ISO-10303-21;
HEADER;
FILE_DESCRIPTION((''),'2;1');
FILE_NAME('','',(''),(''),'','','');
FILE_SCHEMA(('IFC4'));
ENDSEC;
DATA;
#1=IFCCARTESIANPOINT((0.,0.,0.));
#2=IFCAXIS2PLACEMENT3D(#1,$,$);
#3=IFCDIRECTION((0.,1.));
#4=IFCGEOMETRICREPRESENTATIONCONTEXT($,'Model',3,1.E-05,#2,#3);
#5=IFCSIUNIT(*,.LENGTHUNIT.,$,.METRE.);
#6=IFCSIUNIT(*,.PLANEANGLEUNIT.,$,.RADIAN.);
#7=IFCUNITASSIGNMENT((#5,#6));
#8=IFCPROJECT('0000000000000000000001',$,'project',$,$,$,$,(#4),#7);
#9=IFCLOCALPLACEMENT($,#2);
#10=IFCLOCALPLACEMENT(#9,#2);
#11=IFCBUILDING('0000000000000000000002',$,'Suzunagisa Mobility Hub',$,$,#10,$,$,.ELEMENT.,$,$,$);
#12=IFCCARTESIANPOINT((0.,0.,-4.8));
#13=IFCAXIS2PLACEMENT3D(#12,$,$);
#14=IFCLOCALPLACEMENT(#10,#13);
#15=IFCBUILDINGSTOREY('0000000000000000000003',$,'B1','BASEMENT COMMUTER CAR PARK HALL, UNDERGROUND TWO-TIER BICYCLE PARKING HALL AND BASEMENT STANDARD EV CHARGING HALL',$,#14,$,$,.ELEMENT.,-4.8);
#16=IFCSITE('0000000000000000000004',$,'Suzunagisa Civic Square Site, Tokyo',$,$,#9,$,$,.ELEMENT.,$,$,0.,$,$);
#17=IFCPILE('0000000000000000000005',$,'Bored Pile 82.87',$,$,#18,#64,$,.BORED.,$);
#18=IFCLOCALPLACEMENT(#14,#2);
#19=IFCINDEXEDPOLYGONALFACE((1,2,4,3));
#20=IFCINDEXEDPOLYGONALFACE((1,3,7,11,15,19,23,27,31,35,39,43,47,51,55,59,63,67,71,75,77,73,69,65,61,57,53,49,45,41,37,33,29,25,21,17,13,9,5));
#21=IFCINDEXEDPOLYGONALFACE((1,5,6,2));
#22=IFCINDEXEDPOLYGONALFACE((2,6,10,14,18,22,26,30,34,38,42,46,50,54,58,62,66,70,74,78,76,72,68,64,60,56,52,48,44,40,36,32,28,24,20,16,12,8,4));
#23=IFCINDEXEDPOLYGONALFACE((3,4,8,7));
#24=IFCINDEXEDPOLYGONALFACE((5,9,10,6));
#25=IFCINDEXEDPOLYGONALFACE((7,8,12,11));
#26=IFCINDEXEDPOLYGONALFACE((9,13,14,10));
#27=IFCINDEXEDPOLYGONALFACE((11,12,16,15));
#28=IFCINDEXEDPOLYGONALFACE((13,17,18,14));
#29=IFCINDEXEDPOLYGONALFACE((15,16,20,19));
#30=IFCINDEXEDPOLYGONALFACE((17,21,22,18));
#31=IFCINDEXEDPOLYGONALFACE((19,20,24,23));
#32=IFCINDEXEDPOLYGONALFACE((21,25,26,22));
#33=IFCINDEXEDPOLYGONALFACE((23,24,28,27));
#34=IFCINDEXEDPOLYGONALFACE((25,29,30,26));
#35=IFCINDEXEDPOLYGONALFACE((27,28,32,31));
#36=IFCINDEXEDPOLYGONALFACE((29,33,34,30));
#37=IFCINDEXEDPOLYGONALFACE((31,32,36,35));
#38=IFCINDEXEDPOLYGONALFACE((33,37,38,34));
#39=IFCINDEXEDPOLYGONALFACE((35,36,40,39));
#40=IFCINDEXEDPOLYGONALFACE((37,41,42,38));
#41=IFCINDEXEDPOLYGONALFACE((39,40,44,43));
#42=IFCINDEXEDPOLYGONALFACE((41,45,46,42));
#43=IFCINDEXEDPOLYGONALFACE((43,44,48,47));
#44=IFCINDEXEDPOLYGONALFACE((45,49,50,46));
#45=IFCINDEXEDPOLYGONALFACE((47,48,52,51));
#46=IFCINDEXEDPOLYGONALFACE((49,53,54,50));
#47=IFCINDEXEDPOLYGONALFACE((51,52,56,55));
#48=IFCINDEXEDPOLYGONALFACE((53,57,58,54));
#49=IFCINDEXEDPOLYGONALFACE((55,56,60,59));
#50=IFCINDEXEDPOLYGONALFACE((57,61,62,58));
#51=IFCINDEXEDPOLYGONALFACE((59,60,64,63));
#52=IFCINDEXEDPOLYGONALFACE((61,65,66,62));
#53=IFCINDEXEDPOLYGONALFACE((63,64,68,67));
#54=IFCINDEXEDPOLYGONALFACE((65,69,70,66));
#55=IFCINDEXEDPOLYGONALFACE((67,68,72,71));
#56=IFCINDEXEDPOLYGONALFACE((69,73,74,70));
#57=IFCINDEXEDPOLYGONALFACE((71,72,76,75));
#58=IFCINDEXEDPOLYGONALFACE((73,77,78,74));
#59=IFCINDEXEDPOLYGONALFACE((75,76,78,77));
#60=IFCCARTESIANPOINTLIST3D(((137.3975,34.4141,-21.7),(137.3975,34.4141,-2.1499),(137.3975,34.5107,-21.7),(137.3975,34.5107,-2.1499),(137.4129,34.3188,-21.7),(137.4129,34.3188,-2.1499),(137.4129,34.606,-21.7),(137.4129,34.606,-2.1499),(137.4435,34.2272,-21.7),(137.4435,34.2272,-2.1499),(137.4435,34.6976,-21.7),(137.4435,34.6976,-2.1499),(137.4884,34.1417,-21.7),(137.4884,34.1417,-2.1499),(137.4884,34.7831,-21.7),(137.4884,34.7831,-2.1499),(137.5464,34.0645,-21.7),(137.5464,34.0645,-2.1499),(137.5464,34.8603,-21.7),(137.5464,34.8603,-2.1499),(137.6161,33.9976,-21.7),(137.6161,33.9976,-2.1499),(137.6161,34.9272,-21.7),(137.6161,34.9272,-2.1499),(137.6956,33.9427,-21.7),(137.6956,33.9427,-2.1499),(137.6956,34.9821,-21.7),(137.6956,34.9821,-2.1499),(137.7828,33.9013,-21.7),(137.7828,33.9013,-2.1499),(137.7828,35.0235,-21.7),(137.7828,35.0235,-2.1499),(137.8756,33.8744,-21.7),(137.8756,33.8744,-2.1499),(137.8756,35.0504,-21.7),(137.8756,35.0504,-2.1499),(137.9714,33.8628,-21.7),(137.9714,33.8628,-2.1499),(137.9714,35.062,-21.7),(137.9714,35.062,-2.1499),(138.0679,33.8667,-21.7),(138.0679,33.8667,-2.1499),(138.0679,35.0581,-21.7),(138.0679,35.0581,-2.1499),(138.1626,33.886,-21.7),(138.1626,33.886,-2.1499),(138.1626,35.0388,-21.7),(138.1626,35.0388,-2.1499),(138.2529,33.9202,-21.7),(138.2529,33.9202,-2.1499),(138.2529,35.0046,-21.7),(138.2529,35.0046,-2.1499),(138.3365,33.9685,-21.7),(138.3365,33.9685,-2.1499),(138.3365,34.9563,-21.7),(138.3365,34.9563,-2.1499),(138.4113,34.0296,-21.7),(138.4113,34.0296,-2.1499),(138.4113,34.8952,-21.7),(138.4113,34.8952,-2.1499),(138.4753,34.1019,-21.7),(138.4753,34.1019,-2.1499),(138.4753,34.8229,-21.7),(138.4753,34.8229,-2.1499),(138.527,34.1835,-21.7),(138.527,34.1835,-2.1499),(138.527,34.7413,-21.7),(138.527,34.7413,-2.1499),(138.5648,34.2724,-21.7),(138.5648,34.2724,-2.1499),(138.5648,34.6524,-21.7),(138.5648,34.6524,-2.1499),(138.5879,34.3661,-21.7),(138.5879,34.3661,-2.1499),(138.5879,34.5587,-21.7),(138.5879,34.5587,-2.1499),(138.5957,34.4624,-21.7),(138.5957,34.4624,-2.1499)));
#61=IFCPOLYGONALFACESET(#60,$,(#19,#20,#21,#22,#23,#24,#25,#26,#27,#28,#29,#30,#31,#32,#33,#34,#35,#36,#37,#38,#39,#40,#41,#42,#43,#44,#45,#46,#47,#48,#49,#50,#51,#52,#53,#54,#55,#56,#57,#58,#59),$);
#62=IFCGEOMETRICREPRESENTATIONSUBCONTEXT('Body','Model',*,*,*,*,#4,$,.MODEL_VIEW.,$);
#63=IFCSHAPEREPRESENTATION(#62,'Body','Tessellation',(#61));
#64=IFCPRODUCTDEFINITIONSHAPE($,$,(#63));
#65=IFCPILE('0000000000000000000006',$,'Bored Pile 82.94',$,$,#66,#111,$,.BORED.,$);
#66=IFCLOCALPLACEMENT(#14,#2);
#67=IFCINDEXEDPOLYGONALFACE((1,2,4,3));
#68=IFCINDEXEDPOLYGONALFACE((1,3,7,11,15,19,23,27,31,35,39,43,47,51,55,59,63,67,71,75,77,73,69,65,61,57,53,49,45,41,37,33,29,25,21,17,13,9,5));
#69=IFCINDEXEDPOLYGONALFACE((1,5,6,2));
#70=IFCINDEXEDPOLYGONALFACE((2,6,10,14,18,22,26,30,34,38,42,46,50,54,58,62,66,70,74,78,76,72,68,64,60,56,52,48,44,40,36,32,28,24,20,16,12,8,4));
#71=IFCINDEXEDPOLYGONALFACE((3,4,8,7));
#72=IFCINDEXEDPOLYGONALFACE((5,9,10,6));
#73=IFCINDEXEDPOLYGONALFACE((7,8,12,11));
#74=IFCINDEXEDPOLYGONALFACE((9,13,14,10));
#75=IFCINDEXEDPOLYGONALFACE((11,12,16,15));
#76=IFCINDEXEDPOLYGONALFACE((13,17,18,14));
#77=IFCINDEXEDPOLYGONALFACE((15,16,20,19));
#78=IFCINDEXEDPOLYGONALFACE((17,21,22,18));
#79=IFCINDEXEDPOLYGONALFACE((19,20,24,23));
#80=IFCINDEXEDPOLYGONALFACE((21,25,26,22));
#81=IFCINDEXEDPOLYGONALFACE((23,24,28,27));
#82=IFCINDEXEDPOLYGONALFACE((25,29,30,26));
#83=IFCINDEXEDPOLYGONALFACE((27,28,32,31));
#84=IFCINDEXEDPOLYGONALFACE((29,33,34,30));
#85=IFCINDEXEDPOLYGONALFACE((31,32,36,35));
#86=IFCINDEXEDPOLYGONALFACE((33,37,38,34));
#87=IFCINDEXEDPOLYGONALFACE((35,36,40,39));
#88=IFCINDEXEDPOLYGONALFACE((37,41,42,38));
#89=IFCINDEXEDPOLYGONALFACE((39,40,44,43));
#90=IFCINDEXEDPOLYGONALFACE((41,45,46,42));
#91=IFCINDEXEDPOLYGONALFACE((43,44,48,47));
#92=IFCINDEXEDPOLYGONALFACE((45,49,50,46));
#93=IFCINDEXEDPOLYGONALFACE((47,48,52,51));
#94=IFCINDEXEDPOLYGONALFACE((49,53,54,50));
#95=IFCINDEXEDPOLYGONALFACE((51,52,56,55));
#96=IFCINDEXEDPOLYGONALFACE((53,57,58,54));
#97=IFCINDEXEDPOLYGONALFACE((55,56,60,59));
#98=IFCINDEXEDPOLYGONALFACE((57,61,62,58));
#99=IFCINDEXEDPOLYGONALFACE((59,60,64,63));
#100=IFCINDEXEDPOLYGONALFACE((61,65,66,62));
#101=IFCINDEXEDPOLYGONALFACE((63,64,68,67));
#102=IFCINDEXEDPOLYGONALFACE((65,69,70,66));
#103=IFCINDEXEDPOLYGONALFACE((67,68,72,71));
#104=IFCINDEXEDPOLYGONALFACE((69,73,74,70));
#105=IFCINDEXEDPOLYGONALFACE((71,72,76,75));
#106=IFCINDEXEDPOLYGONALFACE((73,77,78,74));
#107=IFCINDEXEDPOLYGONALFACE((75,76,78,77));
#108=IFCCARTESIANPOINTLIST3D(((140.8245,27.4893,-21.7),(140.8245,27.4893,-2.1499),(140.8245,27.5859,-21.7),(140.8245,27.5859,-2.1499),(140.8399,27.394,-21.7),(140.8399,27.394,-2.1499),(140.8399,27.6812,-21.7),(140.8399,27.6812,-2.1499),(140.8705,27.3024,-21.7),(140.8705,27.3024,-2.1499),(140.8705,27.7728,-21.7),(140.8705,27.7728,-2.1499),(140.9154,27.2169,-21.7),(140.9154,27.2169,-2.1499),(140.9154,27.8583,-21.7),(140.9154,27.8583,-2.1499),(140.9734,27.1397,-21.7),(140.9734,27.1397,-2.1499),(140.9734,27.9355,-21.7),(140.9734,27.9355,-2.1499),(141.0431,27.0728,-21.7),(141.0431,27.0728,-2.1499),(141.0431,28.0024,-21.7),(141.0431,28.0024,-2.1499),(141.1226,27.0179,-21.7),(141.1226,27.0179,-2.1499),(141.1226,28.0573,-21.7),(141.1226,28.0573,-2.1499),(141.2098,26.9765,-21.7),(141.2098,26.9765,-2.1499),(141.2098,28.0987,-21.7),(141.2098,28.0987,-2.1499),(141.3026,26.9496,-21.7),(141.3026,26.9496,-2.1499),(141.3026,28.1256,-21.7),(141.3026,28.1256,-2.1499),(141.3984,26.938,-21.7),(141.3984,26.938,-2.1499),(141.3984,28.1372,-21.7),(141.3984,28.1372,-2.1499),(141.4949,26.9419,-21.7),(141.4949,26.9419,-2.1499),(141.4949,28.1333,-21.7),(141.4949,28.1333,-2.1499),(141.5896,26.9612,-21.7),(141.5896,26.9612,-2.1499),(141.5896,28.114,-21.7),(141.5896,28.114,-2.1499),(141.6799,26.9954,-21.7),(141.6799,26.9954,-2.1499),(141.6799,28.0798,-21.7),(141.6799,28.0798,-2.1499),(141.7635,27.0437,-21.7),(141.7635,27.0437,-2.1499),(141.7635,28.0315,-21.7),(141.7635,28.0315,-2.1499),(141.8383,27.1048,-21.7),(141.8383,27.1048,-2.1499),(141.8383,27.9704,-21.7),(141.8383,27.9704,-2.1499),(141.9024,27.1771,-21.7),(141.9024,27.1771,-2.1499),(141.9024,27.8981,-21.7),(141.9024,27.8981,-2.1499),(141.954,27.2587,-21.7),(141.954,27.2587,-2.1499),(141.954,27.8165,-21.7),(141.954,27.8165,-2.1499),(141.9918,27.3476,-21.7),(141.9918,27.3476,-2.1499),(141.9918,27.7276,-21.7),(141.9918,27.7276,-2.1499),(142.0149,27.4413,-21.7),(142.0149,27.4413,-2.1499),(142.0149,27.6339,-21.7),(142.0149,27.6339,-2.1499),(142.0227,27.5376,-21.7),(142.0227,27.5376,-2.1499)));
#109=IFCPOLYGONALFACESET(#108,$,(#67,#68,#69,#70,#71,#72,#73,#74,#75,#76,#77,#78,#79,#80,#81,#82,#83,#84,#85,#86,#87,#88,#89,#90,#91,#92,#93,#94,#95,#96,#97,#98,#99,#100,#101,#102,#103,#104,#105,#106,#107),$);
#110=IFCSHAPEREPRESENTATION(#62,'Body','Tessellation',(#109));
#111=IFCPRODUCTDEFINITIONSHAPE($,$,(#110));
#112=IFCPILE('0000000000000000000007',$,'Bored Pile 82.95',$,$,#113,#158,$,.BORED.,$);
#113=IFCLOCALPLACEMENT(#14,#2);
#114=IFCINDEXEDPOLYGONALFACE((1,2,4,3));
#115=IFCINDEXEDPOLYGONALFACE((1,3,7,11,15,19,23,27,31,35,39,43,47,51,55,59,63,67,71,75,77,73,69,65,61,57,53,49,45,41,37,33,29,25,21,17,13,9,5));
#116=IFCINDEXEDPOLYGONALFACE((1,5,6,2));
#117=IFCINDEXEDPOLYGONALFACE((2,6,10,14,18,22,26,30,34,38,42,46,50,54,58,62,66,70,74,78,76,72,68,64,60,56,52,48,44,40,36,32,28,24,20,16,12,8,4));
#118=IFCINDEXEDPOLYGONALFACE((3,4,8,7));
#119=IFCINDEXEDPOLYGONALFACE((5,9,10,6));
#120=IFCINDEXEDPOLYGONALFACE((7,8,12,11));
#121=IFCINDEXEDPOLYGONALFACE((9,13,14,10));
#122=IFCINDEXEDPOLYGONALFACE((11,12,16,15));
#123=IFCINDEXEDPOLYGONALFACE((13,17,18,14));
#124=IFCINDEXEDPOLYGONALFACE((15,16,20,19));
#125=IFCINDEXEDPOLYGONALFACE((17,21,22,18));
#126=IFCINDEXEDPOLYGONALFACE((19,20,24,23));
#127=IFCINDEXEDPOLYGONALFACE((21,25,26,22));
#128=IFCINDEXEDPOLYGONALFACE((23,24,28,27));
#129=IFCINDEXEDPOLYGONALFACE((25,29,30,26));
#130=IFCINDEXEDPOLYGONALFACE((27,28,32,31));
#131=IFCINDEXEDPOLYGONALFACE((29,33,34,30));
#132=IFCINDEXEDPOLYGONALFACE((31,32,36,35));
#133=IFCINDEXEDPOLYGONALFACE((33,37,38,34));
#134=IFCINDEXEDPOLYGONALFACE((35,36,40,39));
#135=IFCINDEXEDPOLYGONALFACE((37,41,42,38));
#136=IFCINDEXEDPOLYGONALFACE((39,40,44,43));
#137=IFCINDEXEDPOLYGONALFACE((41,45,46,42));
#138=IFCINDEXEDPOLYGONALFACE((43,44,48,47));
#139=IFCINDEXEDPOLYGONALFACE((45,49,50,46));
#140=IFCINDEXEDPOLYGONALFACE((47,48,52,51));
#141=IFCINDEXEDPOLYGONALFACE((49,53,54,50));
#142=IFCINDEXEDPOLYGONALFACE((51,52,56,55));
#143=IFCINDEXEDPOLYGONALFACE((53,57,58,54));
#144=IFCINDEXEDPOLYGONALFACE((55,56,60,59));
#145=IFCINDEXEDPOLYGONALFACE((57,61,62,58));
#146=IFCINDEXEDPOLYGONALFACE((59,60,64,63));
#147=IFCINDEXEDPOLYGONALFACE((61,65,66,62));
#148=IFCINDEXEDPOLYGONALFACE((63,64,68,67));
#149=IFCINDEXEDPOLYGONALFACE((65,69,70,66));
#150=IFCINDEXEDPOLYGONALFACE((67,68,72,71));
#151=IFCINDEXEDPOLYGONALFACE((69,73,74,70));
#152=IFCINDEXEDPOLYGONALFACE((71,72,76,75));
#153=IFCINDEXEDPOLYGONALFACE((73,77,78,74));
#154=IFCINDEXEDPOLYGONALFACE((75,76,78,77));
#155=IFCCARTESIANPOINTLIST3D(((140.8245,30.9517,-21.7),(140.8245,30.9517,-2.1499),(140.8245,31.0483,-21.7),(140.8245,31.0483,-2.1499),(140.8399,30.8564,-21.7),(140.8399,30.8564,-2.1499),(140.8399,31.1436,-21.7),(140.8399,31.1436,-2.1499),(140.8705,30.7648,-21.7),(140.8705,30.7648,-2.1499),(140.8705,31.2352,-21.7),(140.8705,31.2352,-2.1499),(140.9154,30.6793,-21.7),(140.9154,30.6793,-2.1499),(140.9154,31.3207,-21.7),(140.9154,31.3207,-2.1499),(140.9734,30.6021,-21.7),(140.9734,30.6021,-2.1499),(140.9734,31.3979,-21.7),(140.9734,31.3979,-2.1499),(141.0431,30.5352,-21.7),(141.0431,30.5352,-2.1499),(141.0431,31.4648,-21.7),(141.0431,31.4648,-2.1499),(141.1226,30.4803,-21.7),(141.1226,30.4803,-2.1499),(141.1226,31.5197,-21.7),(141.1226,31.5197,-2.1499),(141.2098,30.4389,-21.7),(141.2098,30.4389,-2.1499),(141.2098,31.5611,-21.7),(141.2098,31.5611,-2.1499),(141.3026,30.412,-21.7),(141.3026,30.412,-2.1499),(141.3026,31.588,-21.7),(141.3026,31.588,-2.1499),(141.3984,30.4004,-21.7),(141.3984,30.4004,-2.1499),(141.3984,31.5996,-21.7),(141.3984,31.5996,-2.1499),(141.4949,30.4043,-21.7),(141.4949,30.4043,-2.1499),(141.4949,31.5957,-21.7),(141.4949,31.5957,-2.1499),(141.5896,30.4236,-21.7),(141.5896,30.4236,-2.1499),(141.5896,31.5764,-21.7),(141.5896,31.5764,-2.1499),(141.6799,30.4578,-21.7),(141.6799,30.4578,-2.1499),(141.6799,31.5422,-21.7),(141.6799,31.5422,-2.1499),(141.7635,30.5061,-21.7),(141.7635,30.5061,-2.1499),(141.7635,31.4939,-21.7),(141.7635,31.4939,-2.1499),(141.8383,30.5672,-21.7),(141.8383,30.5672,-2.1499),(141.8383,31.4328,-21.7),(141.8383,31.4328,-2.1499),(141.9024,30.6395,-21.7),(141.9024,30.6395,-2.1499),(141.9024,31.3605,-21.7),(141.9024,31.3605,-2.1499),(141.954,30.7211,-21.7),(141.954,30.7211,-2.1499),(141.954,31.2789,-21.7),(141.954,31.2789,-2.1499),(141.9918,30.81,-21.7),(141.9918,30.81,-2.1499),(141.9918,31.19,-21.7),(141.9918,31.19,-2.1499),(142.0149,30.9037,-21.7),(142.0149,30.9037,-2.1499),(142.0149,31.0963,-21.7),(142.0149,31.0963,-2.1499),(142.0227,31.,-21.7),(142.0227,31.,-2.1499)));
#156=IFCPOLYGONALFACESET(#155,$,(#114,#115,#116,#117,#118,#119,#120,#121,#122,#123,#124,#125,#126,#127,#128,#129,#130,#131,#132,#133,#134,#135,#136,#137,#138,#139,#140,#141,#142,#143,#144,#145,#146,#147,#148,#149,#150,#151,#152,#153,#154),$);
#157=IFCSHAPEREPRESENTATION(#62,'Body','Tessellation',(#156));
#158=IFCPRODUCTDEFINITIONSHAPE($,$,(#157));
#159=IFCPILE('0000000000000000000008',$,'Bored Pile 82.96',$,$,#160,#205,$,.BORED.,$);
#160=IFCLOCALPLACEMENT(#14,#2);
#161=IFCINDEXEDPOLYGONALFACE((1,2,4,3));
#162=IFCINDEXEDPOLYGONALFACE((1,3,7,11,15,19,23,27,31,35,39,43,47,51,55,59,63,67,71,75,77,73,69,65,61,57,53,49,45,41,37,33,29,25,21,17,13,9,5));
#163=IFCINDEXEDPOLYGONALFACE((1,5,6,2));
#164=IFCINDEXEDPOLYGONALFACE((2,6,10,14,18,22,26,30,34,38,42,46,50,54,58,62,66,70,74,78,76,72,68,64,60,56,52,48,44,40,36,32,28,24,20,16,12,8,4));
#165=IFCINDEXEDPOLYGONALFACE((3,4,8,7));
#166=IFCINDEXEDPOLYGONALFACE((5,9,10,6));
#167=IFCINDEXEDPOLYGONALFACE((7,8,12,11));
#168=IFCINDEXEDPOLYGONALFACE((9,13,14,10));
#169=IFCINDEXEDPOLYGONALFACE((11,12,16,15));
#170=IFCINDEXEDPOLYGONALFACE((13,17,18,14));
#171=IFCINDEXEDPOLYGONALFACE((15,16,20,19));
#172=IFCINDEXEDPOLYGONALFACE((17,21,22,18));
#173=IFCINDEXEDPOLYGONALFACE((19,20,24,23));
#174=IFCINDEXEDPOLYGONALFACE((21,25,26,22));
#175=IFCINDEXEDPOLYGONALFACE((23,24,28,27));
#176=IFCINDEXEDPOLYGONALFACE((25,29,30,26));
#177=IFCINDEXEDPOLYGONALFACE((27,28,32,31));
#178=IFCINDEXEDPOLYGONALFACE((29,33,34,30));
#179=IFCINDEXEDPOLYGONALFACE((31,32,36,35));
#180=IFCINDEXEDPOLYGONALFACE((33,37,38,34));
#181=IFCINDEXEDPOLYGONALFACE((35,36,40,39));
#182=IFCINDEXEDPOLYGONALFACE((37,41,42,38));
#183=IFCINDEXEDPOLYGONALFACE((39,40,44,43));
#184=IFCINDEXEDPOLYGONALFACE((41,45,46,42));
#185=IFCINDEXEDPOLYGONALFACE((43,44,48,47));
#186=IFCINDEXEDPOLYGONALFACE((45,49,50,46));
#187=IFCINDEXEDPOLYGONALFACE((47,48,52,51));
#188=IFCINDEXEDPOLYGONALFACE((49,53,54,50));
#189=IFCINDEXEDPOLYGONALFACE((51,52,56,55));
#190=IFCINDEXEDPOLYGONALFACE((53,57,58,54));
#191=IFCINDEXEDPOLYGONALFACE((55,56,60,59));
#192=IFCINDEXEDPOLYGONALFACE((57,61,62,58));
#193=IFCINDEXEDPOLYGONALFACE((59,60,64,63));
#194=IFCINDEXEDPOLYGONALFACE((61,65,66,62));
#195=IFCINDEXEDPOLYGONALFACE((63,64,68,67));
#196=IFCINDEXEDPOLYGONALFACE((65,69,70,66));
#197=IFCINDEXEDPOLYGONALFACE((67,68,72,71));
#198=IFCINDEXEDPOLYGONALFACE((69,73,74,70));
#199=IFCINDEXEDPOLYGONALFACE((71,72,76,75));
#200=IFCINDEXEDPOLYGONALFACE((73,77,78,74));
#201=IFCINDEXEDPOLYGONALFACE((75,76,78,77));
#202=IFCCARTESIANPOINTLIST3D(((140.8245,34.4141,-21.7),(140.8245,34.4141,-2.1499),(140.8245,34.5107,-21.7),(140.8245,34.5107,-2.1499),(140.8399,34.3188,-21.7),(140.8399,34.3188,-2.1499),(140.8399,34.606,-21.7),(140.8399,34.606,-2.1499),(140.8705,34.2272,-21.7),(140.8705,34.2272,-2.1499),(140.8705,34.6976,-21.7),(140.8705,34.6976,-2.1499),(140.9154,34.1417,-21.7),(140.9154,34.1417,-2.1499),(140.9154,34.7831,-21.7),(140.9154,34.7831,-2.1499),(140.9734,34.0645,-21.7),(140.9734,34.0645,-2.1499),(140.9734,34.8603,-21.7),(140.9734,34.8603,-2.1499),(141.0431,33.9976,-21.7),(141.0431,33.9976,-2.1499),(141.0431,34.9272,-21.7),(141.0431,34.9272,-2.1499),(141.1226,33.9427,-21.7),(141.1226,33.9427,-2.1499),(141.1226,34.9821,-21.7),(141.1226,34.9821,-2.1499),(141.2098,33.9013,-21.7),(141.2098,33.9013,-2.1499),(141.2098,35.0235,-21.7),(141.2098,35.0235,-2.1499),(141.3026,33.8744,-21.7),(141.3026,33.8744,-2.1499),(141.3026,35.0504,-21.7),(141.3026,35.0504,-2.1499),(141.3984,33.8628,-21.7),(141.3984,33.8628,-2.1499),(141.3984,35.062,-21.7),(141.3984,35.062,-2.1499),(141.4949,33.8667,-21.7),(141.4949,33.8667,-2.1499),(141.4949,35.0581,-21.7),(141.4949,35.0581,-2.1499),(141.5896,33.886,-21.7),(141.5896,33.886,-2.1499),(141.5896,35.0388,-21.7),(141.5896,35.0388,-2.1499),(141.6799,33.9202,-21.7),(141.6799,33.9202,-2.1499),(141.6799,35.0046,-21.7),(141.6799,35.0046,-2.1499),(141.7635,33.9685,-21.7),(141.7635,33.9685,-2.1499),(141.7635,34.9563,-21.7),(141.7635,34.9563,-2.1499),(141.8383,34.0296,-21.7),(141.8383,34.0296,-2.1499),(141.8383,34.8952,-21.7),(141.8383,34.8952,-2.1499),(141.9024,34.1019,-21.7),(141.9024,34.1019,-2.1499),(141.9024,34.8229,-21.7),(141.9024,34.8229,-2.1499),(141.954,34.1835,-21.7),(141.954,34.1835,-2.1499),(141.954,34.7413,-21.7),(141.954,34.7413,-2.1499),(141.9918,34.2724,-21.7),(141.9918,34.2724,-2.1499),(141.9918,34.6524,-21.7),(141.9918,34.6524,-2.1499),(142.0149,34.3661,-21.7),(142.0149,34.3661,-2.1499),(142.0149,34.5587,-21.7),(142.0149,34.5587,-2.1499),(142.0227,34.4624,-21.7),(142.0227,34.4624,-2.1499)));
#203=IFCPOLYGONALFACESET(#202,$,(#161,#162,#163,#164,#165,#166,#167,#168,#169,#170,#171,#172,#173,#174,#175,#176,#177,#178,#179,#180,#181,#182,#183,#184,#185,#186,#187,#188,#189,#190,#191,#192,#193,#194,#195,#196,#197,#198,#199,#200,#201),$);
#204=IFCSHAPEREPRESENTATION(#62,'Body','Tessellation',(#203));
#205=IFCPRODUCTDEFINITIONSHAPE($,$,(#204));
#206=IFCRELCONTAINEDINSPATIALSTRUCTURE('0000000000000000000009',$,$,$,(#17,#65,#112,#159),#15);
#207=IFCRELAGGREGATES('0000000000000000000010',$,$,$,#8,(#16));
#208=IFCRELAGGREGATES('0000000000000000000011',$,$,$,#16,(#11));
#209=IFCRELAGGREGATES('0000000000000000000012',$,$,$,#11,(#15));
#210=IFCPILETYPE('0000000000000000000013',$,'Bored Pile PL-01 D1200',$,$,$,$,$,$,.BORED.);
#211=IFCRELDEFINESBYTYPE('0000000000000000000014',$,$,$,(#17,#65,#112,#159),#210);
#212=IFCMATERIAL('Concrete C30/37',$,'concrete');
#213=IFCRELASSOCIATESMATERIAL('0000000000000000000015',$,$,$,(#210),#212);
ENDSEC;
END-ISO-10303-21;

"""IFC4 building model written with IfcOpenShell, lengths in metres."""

from ifc_helpers import new_model, si_unit, direction, frame, origin, origin_2d, place, context, subcontext, project, spatial, circle, extrude, material, material_profile, profile_set, type_object, element, save


model = new_model("IFC4")

# Units and contexts
model_context = context("Model", 3, precision=1e-05, world=origin(), true_north=direction((0.0, 1.0)))
body_context = subcontext(model_context, "Body", "Model", "MODEL_VIEW")
ifc_project = project(units=[si_unit("LENGTHUNIT", "METRE"), si_unit("PLANEANGLEUNIT", "RADIAN")], contexts=[model_context])

# Site, building, storey
site_placement = place(None, origin())
site = spatial("IfcSite", under=ifc_project, at=site_placement, Name="Suzunagisa Civic Square Site, Tokyo", CompositionType="ELEMENT", RefElevation=0.0)
building_placement = place(site_placement, origin())
building = spatial("IfcBuilding", under=site, at=building_placement, Name="Suzunagisa Mobility Hub", CompositionType="ELEMENT")
storey_placement = place(building_placement, frame((0.0, 0.0, -4.8)))
storey = spatial("IfcBuildingStorey", under=building, at=storey_placement, Name="B1", Description="BASEMENT COMMUTER CAR PARK HALL, UNDERGROUND TWO-TIER BICYCLE PARKING HALL AND BASEMENT STANDARD EV CHARGING HALL", CompositionType="ELEMENT", Elevation=-4.8)

# Piles
ifc_material_1 = material(Name="Concrete C30/37", Category="concrete")
ifc_material_profile_1 = material_profile(ifc_material_1, circle(Radius=0.6001, at=origin_2d()), Name="BORED PILE D1200")
ifc_profile_set_1 = profile_set([ifc_material_profile_1], Name="Concrete C30/37")
pile_type = type_object("IfcPileType", Name="Bored Pile PL-01 D1200", PredefinedType="BORED", material=ifc_profile_set_1)
for number, where, z_axis, x_axis, name in (
    (1, (137.9956, 34.4624, -2.1499), (0.0, 0.0, -1.0), (1.0, 0.0, 0.0), "Bored Pile 82.87"),
    (2, (141.4226, 27.5376, -2.1499), (0.0, 0.0, -1.0), (1.0, 0.0, 0.0), "Bored Pile 82.94"),
    (3, (141.4226, 31.0, -2.1499), (0.0, 0.0, -1.0), (1.0, 0.0, 0.0), "Bored Pile 82.95"),
    (4, (141.4226, 34.4624, -2.1499), (0.0, 0.0, -1.0), (1.0, 0.0, 0.0), "Bored Pile 82.96"),
):
    element("IfcPile", number, at=place(storey_placement, frame(where, z_axis=z_axis, x_axis=x_axis)), inside=storey, type_object=pile_type, Name=name, PredefinedType="BORED", context=body_context, shape_type="SweptSolid", body=[
        extrude(circle(Radius=0.6001, at=origin_2d()), origin(), (0.0, 0.0, 1.0), 19.55),
    ])

save(model, "model.ifc")
